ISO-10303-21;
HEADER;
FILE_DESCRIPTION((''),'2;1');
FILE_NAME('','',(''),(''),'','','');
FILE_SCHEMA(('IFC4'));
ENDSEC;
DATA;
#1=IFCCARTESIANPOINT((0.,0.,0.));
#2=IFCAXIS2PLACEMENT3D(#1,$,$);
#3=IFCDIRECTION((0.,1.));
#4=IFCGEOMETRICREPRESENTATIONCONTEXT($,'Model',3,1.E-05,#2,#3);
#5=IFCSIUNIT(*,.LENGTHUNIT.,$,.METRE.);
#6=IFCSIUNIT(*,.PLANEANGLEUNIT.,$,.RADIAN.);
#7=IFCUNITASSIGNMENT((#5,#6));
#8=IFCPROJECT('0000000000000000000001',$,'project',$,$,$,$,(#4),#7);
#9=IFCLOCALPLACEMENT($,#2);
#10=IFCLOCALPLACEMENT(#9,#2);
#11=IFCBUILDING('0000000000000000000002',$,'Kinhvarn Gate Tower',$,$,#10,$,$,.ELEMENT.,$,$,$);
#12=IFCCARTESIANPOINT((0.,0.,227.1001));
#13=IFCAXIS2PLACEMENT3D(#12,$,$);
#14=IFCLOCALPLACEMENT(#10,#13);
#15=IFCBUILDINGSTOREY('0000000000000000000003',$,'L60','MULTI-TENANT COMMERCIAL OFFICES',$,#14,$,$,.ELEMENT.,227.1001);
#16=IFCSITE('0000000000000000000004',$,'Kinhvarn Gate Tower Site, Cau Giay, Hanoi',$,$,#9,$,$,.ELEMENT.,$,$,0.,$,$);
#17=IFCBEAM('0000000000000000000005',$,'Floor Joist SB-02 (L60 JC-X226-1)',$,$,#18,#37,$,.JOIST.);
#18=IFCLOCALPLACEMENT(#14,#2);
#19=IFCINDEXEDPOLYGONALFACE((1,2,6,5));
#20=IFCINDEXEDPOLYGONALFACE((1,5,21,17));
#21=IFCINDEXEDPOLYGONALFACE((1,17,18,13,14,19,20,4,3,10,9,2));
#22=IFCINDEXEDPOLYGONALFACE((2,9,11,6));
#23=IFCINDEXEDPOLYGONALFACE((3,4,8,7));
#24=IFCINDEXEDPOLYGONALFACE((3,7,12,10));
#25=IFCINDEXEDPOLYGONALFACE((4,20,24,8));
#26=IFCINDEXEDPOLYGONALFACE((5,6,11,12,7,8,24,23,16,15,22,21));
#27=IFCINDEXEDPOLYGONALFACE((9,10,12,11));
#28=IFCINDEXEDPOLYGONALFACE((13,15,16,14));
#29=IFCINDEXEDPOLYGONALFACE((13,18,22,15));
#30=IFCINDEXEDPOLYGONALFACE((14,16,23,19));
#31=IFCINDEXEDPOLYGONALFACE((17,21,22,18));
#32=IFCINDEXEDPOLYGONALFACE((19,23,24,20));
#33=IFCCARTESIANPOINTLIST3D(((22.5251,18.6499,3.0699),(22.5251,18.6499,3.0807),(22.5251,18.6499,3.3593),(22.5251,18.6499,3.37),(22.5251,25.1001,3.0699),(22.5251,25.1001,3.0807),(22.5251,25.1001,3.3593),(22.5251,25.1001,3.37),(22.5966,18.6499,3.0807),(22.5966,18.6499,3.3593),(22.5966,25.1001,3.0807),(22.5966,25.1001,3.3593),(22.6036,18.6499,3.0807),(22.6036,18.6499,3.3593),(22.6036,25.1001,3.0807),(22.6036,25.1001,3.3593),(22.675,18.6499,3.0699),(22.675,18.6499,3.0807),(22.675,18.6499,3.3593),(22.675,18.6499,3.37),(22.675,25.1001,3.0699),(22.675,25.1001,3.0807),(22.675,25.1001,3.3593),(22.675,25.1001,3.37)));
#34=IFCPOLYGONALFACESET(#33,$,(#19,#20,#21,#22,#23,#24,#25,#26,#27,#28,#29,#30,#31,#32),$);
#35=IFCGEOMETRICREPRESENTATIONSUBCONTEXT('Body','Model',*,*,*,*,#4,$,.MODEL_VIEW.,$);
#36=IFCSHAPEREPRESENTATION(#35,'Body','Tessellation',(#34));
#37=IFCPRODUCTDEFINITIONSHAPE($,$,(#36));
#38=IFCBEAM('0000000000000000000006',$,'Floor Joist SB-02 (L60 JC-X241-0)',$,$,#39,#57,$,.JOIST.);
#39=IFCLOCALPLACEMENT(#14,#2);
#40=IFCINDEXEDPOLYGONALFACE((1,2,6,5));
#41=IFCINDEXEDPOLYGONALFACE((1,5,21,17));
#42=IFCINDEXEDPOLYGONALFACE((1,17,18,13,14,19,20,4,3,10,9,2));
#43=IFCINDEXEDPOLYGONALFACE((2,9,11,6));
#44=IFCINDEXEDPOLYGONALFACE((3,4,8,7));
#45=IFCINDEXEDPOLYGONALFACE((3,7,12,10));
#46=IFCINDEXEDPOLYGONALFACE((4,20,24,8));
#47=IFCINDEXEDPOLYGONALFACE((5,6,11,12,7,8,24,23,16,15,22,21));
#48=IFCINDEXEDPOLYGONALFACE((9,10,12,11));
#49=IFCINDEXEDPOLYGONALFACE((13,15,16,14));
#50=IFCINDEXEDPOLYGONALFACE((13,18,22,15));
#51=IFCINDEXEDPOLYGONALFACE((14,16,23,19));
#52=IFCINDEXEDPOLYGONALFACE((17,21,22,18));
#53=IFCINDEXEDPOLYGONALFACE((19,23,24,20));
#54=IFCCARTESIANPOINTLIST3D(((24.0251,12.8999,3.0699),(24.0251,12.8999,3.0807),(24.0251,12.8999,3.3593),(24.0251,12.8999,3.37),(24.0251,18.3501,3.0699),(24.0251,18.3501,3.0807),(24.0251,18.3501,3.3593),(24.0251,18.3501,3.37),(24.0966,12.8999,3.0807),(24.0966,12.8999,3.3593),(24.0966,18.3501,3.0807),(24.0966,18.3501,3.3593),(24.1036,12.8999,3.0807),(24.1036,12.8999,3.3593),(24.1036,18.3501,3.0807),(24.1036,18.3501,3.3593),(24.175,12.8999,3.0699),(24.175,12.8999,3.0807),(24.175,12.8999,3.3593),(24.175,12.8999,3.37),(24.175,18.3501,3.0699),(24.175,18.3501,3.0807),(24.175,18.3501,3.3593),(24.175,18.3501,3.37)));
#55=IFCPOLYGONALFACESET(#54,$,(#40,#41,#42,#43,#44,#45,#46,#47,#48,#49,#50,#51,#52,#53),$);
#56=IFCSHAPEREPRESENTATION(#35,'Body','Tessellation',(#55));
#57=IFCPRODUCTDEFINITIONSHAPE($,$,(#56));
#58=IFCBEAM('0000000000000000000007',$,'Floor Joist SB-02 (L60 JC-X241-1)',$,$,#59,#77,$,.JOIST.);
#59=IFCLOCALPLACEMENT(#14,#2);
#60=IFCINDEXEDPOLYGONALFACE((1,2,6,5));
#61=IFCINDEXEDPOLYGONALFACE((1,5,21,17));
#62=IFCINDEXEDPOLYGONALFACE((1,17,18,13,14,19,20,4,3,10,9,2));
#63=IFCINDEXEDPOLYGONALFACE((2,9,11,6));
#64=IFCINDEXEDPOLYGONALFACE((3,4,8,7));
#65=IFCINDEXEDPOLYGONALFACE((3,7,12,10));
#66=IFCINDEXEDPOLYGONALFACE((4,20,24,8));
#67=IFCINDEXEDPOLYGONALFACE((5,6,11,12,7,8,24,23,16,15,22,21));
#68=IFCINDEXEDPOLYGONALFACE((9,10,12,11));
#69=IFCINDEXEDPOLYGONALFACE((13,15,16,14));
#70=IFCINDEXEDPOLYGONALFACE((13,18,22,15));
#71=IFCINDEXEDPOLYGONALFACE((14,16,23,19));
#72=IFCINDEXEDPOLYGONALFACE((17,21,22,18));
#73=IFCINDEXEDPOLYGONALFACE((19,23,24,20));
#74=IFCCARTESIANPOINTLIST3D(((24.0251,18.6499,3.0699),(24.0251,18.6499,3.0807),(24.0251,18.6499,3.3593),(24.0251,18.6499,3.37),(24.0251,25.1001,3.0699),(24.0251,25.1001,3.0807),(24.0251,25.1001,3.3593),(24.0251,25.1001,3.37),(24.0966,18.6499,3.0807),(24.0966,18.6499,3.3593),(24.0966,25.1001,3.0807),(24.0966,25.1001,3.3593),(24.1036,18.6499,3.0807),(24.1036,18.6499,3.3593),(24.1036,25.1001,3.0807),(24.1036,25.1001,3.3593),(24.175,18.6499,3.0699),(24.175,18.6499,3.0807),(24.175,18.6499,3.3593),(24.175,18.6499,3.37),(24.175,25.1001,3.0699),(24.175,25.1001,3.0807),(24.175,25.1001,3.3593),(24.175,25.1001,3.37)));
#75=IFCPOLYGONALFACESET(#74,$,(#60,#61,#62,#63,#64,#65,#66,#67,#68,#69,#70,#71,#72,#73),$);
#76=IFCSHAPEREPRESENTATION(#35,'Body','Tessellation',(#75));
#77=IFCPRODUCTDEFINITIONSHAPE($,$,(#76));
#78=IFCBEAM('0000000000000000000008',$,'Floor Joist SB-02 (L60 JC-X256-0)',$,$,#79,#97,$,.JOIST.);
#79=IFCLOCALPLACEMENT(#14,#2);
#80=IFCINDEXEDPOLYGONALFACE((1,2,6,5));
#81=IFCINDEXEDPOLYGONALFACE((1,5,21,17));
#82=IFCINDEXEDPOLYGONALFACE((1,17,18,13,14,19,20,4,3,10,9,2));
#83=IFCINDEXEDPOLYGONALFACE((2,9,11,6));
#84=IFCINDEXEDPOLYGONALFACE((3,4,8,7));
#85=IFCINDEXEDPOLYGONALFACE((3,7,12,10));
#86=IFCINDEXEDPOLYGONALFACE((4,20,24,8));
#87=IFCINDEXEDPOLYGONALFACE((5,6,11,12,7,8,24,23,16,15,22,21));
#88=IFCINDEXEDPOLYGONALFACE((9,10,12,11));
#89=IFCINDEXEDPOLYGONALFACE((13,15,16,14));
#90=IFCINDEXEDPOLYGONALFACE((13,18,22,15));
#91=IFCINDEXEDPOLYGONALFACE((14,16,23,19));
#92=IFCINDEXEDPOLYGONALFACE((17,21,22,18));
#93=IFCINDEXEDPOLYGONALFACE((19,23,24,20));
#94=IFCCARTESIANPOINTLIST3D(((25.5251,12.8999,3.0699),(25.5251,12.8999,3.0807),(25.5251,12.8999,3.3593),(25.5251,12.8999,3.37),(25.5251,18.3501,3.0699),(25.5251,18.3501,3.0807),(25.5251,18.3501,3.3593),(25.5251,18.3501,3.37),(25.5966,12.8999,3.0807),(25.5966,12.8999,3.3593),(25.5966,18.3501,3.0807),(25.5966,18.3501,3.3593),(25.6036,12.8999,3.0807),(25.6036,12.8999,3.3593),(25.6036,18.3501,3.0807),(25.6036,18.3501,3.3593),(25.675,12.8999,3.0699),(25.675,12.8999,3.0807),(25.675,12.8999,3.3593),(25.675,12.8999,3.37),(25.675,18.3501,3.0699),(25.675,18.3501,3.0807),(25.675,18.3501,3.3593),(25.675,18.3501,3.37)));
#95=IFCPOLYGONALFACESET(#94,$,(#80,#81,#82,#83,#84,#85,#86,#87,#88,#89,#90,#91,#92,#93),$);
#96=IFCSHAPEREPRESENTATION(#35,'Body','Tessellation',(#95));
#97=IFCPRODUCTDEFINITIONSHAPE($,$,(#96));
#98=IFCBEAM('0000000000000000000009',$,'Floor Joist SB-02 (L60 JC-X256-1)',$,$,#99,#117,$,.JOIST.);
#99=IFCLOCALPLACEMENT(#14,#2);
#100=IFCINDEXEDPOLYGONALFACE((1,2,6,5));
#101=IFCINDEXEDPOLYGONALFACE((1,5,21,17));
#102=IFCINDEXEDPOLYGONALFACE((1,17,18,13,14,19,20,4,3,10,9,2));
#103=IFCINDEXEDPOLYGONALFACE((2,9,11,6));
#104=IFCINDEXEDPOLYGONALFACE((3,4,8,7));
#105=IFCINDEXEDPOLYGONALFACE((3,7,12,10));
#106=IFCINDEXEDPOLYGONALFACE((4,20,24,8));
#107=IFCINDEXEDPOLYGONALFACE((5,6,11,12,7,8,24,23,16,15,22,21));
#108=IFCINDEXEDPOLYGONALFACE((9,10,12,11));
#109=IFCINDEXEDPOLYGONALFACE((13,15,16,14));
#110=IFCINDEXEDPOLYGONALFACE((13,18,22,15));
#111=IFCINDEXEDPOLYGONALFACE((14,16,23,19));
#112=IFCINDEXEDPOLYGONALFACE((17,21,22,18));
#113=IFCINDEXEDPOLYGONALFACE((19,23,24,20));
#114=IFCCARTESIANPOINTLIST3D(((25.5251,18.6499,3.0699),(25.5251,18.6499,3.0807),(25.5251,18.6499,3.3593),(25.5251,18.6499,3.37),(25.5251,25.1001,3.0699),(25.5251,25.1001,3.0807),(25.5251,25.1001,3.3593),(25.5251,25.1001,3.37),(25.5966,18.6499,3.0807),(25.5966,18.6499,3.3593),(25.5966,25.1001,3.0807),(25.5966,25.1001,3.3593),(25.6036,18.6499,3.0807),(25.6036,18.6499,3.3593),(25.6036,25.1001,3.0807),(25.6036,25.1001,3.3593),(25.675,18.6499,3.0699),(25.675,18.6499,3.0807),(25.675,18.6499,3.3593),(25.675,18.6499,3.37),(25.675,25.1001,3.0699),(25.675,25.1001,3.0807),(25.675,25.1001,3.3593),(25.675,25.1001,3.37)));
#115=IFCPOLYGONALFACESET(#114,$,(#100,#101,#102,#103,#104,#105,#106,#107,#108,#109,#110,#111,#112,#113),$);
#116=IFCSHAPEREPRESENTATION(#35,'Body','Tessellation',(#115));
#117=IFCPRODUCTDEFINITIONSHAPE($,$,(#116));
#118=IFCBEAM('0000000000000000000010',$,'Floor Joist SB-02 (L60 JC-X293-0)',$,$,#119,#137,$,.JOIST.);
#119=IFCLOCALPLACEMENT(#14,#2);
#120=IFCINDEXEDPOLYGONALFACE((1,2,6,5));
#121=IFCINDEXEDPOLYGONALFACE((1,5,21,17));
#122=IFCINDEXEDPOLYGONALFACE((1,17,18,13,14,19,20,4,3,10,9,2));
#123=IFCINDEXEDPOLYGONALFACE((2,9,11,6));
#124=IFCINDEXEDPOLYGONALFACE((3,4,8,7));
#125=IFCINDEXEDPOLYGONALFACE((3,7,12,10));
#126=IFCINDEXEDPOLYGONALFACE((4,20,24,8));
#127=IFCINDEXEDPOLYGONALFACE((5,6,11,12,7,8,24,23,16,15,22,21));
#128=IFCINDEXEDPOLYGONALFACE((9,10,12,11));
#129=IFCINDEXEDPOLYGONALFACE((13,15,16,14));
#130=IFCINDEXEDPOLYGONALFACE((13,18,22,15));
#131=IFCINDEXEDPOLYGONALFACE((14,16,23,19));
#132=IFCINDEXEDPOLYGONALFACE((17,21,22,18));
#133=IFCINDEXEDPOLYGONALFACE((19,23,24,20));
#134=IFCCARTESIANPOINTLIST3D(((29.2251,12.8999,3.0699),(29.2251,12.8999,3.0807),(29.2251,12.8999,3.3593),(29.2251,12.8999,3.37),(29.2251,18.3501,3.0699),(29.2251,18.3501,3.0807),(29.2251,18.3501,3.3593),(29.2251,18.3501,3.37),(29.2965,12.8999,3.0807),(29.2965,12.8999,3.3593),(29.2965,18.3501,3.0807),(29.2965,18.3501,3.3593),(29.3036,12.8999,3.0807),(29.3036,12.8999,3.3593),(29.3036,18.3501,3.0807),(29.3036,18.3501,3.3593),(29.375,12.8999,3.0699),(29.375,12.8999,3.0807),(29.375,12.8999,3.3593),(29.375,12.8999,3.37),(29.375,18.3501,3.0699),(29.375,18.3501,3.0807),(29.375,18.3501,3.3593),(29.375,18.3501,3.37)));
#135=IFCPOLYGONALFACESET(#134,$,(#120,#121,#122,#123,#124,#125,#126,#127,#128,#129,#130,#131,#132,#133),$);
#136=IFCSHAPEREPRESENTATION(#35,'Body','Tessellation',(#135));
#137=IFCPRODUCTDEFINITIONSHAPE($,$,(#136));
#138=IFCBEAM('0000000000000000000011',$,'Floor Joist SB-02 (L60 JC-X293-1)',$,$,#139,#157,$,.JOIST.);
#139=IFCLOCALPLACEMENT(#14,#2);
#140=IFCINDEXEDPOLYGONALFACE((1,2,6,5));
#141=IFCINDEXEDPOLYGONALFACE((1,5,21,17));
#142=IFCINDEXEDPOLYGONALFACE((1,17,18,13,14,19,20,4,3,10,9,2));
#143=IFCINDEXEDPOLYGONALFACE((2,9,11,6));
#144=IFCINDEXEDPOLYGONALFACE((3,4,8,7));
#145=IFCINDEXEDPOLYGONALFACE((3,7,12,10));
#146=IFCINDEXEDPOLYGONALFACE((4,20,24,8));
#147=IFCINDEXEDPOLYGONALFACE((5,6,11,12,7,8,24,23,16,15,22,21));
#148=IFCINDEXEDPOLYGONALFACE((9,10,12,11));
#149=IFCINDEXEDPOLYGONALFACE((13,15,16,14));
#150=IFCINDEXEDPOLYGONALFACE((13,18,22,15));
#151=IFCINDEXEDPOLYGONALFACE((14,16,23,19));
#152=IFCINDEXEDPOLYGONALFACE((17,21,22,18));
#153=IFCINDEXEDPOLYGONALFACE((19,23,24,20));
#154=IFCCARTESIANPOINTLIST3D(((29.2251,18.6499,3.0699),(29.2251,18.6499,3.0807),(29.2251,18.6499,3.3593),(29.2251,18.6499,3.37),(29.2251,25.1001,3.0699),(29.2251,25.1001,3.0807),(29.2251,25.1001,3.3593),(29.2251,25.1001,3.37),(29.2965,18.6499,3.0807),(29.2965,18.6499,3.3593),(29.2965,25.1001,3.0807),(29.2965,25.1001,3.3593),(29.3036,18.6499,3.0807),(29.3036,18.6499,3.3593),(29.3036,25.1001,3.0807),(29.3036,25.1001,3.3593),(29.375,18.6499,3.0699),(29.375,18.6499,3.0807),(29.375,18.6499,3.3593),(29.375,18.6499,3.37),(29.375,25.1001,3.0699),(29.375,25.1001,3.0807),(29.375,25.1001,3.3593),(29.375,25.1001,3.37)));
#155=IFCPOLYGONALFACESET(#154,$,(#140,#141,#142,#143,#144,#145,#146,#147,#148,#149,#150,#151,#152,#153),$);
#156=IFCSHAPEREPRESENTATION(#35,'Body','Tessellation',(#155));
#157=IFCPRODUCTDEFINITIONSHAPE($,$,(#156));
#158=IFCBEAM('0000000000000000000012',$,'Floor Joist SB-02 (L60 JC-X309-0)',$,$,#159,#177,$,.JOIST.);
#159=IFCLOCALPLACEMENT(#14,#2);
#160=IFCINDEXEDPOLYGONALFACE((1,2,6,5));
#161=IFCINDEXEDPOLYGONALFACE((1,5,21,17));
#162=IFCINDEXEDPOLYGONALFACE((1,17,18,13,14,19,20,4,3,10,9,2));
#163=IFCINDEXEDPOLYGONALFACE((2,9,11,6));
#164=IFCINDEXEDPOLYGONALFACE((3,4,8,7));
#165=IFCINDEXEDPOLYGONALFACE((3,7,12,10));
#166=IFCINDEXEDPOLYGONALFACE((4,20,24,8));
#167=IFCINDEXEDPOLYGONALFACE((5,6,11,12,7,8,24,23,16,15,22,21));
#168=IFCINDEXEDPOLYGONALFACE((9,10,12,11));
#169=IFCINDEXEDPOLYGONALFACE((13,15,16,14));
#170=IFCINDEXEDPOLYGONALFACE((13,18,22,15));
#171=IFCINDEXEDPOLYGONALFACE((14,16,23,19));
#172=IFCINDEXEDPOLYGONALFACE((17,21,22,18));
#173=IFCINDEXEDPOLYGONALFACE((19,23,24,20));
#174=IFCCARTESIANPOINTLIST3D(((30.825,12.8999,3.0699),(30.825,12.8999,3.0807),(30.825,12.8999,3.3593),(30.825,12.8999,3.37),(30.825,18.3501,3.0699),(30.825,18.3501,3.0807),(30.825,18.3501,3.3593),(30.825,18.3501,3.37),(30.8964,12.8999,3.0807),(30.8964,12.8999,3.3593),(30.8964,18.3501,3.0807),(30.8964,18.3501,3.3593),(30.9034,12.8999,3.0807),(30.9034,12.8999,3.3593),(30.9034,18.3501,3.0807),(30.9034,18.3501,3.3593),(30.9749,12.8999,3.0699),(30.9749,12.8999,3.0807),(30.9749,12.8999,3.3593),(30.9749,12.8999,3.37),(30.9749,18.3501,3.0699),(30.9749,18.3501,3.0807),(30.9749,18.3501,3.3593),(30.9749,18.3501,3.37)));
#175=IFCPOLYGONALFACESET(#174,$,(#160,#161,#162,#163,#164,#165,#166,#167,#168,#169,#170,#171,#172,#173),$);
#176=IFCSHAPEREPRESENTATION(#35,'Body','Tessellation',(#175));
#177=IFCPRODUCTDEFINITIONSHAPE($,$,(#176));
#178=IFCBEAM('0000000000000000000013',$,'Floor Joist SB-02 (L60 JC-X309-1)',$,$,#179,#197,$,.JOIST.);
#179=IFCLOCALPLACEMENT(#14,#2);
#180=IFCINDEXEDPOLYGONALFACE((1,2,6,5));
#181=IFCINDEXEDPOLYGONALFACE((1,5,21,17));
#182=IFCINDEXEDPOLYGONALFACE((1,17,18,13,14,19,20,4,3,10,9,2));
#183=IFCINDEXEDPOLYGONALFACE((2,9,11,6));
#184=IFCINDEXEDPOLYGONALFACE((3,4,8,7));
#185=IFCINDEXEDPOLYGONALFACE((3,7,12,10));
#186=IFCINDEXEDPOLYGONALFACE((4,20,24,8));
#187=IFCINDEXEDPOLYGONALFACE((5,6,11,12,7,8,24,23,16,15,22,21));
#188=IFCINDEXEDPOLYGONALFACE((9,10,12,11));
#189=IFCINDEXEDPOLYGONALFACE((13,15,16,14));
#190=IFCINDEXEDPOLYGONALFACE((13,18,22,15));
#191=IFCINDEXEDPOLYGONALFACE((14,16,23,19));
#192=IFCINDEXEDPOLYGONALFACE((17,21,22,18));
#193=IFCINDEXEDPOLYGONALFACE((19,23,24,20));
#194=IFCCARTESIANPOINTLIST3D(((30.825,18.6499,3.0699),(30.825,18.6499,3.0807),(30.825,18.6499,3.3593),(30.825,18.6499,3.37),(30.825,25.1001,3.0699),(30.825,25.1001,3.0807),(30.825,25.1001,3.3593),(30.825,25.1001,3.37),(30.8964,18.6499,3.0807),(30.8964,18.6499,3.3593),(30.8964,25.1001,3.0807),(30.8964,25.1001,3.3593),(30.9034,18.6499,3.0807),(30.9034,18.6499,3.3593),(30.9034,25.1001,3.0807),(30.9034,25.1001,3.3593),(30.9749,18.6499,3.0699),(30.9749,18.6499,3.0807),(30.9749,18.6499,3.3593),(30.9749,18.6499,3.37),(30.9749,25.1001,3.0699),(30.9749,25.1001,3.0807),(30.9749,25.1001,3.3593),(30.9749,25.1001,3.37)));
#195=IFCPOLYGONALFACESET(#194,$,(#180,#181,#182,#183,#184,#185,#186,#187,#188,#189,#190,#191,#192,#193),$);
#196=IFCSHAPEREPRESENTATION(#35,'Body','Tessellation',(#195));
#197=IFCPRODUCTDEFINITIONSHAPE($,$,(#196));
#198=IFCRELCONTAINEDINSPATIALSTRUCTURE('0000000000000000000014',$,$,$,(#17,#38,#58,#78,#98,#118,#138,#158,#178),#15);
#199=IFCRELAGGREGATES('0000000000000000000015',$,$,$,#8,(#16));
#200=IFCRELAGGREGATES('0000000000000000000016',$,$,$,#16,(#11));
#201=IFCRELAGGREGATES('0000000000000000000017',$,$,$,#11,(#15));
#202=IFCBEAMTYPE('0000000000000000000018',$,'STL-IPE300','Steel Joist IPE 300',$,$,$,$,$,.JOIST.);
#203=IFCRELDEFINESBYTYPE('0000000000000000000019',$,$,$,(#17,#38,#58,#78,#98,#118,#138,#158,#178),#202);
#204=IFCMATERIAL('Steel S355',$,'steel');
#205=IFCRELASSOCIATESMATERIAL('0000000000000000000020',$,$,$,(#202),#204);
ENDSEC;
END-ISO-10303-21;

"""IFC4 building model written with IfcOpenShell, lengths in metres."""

from ifc_helpers import new_model, si_unit, direction, frame, origin, origin_2d, place, context, subcontext, project, spatial, i_section, extrude, material, material_profile, profile_set, type_object, element, save


model = new_model("IFC4")

# Units and contexts
model_context = context("Model", 3, precision=1e-05, world=origin(), true_north=direction((0.0, 1.0)))
body_context = subcontext(model_context, "Body", "Model", "MODEL_VIEW")
ifc_project = project(units=[si_unit("LENGTHUNIT", "METRE"), si_unit("PLANEANGLEUNIT", "RADIAN")], contexts=[model_context])

# Site, building, storey
site_placement = place(None, origin())
site = spatial("IfcSite", under=ifc_project, at=site_placement, Name="Kinhvarn Gate Tower Site, Cau Giay, Hanoi", CompositionType="ELEMENT", RefElevation=0.0)
building_placement = place(site_placement, origin())
building = spatial("IfcBuilding", under=site, at=building_placement, Name="Kinhvarn Gate Tower", CompositionType="ELEMENT")
storey_placement = place(building_placement, frame((0.0, 0.0, 227.1001)))
storey = spatial("IfcBuildingStorey", under=building, at=storey_placement, Name="L60", Description="MULTI-TENANT COMMERCIAL OFFICES", CompositionType="ELEMENT", Elevation=227.1001)

# Beams
ifc_material_1 = material(Name="Steel S355", Category="steel")
ifc_material_profile = material_profile(ifc_material_1, i_section(OverallWidth=0.1499, OverallDepth=0.3, WebThickness=0.0071, FlangeThickness=0.0107, at=origin_2d()), Name="IPE 300")
ifc_profile_set = profile_set([ifc_material_profile], Name="Steel S355")
beam_type = type_object("IfcBeamType", Name="STL-IPE300", Description="Steel Joist IPE 300", PredefinedType="JOIST", material=ifc_profile_set)
beam_1_placement = place(storey_placement, frame((22.6001, 18.6499, 3.22), z_axis=(0.0, 1.0, 0.0), x_axis=(-1.0, 0.0, 0.0)))
element("IfcBeam", 1, at=beam_1_placement, inside=storey, type_object=beam_type, Name="Floor Joist SB-02 (L60 JC-X226-1)", PredefinedType="JOIST", context=body_context, shape_type="SweptSolid", body=[
    extrude(i_section(OverallWidth=0.1499, OverallDepth=0.3, WebThickness=0.0071, FlangeThickness=0.0107, at=origin_2d()), origin(), (0.0, 0.0, 1.0), 6.4502),
])
beam_2_placement = place(storey_placement, frame((24.1001, 12.8999, 3.22), z_axis=(0.0, 1.0, 0.0), x_axis=(-1.0, 0.0, 0.0)))
element("IfcBeam", 2, at=beam_2_placement, inside=storey, type_object=beam_type, Name="Floor Joist SB-02 (L60 JC-X241-0)", PredefinedType="JOIST", context=body_context, shape_type="SweptSolid", body=[
    extrude(i_section(OverallWidth=0.1499, OverallDepth=0.3, WebThickness=0.0071, FlangeThickness=0.0107, at=origin_2d()), origin(), (0.0, 0.0, 1.0), 5.4502),
])
beam_3_placement = place(storey_placement, frame((24.1001, 18.6499, 3.22), z_axis=(0.0, 1.0, 0.0), x_axis=(-1.0, 0.0, 0.0)))
element("IfcBeam", 3, at=beam_3_placement, inside=storey, type_object=beam_type, Name="Floor Joist SB-02 (L60 JC-X241-1)", PredefinedType="JOIST", context=body_context, shape_type="SweptSolid", body=[
    extrude(i_section(OverallWidth=0.1499, OverallDepth=0.3, WebThickness=0.0071, FlangeThickness=0.0107, at=origin_2d()), origin(), (0.0, 0.0, 1.0), 6.4502),
])
beam_4_placement = place(storey_placement, frame((25.6001, 12.8999, 3.22), z_axis=(0.0, 1.0, 0.0), x_axis=(-1.0, 0.0, 0.0)))
element("IfcBeam", 4, at=beam_4_placement, inside=storey, type_object=beam_type, Name="Floor Joist SB-02 (L60 JC-X256-0)", PredefinedType="JOIST", context=body_context, shape_type="SweptSolid", body=[
    extrude(i_section(OverallWidth=0.1499, OverallDepth=0.3, WebThickness=0.0071, FlangeThickness=0.0107, at=origin_2d()), origin(), (0.0, 0.0, 1.0), 5.4502),
])
beam_5_placement = place(storey_placement, frame((25.6001, 18.6499, 3.22), z_axis=(0.0, 1.0, 0.0), x_axis=(-1.0, 0.0, 0.0)))
element("IfcBeam", 5, at=beam_5_placement, inside=storey, type_object=beam_type, Name="Floor Joist SB-02 (L60 JC-X256-1)", PredefinedType="JOIST", context=body_context, shape_type="SweptSolid", body=[
    extrude(i_section(OverallWidth=0.1499, OverallDepth=0.3, WebThickness=0.0071, FlangeThickness=0.0107, at=origin_2d()), origin(), (0.0, 0.0, 1.0), 6.4502),
])
beam_6_placement = place(storey_placement, frame((29.3, 12.8999, 3.22), z_axis=(0.0, 1.0, 0.0), x_axis=(-1.0, 0.0, 0.0)))
element("IfcBeam", 6, at=beam_6_placement, inside=storey, type_object=beam_type, Name="Floor Joist SB-02 (L60 JC-X293-0)", PredefinedType="JOIST", context=body_context, shape_type="SweptSolid", body=[
    extrude(i_section(OverallWidth=0.1499, OverallDepth=0.3, WebThickness=0.0071, FlangeThickness=0.0107, at=origin_2d()), origin(), (0.0, 0.0, 1.0), 5.4502),
])
beam_7_placement = place(storey_placement, frame((29.3, 18.6499, 3.22), z_axis=(0.0, 1.0, 0.0), x_axis=(-1.0, 0.0, 0.0)))
element("IfcBeam", 7, at=beam_7_placement, inside=storey, type_object=beam_type, Name="Floor Joist SB-02 (L60 JC-X293-1)", PredefinedType="JOIST", context=body_context, shape_type="SweptSolid", body=[
    extrude(i_section(OverallWidth=0.1499, OverallDepth=0.3, WebThickness=0.0071, FlangeThickness=0.0107, at=origin_2d()), origin(), (0.0, 0.0, 1.0), 6.4502),
])
beam_8_placement = place(storey_placement, frame((30.8999, 12.8999, 3.22), z_axis=(0.0, 1.0, 0.0), x_axis=(-1.0, 0.0, 0.0)))
element("IfcBeam", 8, at=beam_8_placement, inside=storey, type_object=beam_type, Name="Floor Joist SB-02 (L60 JC-X309-0)", PredefinedType="JOIST", context=body_context, shape_type="SweptSolid", body=[
    extrude(i_section(OverallWidth=0.1499, OverallDepth=0.3, WebThickness=0.0071, FlangeThickness=0.0107, at=origin_2d()), origin(), (0.0, 0.0, 1.0), 5.4502),
])
beam_9_placement = place(storey_placement, frame((30.8999, 18.6499, 3.22), z_axis=(0.0, 1.0, 0.0), x_axis=(-1.0, 0.0, 0.0)))
element("IfcBeam", 9, at=beam_9_placement, inside=storey, type_object=beam_type, Name="Floor Joist SB-02 (L60 JC-X309-1)", PredefinedType="JOIST", context=body_context, shape_type="SweptSolid", body=[
    extrude(i_section(OverallWidth=0.1499, OverallDepth=0.3, WebThickness=0.0071, FlangeThickness=0.0107, at=origin_2d()), origin(), (0.0, 0.0, 1.0), 6.4502),
])

save(model, "model.ifc")
